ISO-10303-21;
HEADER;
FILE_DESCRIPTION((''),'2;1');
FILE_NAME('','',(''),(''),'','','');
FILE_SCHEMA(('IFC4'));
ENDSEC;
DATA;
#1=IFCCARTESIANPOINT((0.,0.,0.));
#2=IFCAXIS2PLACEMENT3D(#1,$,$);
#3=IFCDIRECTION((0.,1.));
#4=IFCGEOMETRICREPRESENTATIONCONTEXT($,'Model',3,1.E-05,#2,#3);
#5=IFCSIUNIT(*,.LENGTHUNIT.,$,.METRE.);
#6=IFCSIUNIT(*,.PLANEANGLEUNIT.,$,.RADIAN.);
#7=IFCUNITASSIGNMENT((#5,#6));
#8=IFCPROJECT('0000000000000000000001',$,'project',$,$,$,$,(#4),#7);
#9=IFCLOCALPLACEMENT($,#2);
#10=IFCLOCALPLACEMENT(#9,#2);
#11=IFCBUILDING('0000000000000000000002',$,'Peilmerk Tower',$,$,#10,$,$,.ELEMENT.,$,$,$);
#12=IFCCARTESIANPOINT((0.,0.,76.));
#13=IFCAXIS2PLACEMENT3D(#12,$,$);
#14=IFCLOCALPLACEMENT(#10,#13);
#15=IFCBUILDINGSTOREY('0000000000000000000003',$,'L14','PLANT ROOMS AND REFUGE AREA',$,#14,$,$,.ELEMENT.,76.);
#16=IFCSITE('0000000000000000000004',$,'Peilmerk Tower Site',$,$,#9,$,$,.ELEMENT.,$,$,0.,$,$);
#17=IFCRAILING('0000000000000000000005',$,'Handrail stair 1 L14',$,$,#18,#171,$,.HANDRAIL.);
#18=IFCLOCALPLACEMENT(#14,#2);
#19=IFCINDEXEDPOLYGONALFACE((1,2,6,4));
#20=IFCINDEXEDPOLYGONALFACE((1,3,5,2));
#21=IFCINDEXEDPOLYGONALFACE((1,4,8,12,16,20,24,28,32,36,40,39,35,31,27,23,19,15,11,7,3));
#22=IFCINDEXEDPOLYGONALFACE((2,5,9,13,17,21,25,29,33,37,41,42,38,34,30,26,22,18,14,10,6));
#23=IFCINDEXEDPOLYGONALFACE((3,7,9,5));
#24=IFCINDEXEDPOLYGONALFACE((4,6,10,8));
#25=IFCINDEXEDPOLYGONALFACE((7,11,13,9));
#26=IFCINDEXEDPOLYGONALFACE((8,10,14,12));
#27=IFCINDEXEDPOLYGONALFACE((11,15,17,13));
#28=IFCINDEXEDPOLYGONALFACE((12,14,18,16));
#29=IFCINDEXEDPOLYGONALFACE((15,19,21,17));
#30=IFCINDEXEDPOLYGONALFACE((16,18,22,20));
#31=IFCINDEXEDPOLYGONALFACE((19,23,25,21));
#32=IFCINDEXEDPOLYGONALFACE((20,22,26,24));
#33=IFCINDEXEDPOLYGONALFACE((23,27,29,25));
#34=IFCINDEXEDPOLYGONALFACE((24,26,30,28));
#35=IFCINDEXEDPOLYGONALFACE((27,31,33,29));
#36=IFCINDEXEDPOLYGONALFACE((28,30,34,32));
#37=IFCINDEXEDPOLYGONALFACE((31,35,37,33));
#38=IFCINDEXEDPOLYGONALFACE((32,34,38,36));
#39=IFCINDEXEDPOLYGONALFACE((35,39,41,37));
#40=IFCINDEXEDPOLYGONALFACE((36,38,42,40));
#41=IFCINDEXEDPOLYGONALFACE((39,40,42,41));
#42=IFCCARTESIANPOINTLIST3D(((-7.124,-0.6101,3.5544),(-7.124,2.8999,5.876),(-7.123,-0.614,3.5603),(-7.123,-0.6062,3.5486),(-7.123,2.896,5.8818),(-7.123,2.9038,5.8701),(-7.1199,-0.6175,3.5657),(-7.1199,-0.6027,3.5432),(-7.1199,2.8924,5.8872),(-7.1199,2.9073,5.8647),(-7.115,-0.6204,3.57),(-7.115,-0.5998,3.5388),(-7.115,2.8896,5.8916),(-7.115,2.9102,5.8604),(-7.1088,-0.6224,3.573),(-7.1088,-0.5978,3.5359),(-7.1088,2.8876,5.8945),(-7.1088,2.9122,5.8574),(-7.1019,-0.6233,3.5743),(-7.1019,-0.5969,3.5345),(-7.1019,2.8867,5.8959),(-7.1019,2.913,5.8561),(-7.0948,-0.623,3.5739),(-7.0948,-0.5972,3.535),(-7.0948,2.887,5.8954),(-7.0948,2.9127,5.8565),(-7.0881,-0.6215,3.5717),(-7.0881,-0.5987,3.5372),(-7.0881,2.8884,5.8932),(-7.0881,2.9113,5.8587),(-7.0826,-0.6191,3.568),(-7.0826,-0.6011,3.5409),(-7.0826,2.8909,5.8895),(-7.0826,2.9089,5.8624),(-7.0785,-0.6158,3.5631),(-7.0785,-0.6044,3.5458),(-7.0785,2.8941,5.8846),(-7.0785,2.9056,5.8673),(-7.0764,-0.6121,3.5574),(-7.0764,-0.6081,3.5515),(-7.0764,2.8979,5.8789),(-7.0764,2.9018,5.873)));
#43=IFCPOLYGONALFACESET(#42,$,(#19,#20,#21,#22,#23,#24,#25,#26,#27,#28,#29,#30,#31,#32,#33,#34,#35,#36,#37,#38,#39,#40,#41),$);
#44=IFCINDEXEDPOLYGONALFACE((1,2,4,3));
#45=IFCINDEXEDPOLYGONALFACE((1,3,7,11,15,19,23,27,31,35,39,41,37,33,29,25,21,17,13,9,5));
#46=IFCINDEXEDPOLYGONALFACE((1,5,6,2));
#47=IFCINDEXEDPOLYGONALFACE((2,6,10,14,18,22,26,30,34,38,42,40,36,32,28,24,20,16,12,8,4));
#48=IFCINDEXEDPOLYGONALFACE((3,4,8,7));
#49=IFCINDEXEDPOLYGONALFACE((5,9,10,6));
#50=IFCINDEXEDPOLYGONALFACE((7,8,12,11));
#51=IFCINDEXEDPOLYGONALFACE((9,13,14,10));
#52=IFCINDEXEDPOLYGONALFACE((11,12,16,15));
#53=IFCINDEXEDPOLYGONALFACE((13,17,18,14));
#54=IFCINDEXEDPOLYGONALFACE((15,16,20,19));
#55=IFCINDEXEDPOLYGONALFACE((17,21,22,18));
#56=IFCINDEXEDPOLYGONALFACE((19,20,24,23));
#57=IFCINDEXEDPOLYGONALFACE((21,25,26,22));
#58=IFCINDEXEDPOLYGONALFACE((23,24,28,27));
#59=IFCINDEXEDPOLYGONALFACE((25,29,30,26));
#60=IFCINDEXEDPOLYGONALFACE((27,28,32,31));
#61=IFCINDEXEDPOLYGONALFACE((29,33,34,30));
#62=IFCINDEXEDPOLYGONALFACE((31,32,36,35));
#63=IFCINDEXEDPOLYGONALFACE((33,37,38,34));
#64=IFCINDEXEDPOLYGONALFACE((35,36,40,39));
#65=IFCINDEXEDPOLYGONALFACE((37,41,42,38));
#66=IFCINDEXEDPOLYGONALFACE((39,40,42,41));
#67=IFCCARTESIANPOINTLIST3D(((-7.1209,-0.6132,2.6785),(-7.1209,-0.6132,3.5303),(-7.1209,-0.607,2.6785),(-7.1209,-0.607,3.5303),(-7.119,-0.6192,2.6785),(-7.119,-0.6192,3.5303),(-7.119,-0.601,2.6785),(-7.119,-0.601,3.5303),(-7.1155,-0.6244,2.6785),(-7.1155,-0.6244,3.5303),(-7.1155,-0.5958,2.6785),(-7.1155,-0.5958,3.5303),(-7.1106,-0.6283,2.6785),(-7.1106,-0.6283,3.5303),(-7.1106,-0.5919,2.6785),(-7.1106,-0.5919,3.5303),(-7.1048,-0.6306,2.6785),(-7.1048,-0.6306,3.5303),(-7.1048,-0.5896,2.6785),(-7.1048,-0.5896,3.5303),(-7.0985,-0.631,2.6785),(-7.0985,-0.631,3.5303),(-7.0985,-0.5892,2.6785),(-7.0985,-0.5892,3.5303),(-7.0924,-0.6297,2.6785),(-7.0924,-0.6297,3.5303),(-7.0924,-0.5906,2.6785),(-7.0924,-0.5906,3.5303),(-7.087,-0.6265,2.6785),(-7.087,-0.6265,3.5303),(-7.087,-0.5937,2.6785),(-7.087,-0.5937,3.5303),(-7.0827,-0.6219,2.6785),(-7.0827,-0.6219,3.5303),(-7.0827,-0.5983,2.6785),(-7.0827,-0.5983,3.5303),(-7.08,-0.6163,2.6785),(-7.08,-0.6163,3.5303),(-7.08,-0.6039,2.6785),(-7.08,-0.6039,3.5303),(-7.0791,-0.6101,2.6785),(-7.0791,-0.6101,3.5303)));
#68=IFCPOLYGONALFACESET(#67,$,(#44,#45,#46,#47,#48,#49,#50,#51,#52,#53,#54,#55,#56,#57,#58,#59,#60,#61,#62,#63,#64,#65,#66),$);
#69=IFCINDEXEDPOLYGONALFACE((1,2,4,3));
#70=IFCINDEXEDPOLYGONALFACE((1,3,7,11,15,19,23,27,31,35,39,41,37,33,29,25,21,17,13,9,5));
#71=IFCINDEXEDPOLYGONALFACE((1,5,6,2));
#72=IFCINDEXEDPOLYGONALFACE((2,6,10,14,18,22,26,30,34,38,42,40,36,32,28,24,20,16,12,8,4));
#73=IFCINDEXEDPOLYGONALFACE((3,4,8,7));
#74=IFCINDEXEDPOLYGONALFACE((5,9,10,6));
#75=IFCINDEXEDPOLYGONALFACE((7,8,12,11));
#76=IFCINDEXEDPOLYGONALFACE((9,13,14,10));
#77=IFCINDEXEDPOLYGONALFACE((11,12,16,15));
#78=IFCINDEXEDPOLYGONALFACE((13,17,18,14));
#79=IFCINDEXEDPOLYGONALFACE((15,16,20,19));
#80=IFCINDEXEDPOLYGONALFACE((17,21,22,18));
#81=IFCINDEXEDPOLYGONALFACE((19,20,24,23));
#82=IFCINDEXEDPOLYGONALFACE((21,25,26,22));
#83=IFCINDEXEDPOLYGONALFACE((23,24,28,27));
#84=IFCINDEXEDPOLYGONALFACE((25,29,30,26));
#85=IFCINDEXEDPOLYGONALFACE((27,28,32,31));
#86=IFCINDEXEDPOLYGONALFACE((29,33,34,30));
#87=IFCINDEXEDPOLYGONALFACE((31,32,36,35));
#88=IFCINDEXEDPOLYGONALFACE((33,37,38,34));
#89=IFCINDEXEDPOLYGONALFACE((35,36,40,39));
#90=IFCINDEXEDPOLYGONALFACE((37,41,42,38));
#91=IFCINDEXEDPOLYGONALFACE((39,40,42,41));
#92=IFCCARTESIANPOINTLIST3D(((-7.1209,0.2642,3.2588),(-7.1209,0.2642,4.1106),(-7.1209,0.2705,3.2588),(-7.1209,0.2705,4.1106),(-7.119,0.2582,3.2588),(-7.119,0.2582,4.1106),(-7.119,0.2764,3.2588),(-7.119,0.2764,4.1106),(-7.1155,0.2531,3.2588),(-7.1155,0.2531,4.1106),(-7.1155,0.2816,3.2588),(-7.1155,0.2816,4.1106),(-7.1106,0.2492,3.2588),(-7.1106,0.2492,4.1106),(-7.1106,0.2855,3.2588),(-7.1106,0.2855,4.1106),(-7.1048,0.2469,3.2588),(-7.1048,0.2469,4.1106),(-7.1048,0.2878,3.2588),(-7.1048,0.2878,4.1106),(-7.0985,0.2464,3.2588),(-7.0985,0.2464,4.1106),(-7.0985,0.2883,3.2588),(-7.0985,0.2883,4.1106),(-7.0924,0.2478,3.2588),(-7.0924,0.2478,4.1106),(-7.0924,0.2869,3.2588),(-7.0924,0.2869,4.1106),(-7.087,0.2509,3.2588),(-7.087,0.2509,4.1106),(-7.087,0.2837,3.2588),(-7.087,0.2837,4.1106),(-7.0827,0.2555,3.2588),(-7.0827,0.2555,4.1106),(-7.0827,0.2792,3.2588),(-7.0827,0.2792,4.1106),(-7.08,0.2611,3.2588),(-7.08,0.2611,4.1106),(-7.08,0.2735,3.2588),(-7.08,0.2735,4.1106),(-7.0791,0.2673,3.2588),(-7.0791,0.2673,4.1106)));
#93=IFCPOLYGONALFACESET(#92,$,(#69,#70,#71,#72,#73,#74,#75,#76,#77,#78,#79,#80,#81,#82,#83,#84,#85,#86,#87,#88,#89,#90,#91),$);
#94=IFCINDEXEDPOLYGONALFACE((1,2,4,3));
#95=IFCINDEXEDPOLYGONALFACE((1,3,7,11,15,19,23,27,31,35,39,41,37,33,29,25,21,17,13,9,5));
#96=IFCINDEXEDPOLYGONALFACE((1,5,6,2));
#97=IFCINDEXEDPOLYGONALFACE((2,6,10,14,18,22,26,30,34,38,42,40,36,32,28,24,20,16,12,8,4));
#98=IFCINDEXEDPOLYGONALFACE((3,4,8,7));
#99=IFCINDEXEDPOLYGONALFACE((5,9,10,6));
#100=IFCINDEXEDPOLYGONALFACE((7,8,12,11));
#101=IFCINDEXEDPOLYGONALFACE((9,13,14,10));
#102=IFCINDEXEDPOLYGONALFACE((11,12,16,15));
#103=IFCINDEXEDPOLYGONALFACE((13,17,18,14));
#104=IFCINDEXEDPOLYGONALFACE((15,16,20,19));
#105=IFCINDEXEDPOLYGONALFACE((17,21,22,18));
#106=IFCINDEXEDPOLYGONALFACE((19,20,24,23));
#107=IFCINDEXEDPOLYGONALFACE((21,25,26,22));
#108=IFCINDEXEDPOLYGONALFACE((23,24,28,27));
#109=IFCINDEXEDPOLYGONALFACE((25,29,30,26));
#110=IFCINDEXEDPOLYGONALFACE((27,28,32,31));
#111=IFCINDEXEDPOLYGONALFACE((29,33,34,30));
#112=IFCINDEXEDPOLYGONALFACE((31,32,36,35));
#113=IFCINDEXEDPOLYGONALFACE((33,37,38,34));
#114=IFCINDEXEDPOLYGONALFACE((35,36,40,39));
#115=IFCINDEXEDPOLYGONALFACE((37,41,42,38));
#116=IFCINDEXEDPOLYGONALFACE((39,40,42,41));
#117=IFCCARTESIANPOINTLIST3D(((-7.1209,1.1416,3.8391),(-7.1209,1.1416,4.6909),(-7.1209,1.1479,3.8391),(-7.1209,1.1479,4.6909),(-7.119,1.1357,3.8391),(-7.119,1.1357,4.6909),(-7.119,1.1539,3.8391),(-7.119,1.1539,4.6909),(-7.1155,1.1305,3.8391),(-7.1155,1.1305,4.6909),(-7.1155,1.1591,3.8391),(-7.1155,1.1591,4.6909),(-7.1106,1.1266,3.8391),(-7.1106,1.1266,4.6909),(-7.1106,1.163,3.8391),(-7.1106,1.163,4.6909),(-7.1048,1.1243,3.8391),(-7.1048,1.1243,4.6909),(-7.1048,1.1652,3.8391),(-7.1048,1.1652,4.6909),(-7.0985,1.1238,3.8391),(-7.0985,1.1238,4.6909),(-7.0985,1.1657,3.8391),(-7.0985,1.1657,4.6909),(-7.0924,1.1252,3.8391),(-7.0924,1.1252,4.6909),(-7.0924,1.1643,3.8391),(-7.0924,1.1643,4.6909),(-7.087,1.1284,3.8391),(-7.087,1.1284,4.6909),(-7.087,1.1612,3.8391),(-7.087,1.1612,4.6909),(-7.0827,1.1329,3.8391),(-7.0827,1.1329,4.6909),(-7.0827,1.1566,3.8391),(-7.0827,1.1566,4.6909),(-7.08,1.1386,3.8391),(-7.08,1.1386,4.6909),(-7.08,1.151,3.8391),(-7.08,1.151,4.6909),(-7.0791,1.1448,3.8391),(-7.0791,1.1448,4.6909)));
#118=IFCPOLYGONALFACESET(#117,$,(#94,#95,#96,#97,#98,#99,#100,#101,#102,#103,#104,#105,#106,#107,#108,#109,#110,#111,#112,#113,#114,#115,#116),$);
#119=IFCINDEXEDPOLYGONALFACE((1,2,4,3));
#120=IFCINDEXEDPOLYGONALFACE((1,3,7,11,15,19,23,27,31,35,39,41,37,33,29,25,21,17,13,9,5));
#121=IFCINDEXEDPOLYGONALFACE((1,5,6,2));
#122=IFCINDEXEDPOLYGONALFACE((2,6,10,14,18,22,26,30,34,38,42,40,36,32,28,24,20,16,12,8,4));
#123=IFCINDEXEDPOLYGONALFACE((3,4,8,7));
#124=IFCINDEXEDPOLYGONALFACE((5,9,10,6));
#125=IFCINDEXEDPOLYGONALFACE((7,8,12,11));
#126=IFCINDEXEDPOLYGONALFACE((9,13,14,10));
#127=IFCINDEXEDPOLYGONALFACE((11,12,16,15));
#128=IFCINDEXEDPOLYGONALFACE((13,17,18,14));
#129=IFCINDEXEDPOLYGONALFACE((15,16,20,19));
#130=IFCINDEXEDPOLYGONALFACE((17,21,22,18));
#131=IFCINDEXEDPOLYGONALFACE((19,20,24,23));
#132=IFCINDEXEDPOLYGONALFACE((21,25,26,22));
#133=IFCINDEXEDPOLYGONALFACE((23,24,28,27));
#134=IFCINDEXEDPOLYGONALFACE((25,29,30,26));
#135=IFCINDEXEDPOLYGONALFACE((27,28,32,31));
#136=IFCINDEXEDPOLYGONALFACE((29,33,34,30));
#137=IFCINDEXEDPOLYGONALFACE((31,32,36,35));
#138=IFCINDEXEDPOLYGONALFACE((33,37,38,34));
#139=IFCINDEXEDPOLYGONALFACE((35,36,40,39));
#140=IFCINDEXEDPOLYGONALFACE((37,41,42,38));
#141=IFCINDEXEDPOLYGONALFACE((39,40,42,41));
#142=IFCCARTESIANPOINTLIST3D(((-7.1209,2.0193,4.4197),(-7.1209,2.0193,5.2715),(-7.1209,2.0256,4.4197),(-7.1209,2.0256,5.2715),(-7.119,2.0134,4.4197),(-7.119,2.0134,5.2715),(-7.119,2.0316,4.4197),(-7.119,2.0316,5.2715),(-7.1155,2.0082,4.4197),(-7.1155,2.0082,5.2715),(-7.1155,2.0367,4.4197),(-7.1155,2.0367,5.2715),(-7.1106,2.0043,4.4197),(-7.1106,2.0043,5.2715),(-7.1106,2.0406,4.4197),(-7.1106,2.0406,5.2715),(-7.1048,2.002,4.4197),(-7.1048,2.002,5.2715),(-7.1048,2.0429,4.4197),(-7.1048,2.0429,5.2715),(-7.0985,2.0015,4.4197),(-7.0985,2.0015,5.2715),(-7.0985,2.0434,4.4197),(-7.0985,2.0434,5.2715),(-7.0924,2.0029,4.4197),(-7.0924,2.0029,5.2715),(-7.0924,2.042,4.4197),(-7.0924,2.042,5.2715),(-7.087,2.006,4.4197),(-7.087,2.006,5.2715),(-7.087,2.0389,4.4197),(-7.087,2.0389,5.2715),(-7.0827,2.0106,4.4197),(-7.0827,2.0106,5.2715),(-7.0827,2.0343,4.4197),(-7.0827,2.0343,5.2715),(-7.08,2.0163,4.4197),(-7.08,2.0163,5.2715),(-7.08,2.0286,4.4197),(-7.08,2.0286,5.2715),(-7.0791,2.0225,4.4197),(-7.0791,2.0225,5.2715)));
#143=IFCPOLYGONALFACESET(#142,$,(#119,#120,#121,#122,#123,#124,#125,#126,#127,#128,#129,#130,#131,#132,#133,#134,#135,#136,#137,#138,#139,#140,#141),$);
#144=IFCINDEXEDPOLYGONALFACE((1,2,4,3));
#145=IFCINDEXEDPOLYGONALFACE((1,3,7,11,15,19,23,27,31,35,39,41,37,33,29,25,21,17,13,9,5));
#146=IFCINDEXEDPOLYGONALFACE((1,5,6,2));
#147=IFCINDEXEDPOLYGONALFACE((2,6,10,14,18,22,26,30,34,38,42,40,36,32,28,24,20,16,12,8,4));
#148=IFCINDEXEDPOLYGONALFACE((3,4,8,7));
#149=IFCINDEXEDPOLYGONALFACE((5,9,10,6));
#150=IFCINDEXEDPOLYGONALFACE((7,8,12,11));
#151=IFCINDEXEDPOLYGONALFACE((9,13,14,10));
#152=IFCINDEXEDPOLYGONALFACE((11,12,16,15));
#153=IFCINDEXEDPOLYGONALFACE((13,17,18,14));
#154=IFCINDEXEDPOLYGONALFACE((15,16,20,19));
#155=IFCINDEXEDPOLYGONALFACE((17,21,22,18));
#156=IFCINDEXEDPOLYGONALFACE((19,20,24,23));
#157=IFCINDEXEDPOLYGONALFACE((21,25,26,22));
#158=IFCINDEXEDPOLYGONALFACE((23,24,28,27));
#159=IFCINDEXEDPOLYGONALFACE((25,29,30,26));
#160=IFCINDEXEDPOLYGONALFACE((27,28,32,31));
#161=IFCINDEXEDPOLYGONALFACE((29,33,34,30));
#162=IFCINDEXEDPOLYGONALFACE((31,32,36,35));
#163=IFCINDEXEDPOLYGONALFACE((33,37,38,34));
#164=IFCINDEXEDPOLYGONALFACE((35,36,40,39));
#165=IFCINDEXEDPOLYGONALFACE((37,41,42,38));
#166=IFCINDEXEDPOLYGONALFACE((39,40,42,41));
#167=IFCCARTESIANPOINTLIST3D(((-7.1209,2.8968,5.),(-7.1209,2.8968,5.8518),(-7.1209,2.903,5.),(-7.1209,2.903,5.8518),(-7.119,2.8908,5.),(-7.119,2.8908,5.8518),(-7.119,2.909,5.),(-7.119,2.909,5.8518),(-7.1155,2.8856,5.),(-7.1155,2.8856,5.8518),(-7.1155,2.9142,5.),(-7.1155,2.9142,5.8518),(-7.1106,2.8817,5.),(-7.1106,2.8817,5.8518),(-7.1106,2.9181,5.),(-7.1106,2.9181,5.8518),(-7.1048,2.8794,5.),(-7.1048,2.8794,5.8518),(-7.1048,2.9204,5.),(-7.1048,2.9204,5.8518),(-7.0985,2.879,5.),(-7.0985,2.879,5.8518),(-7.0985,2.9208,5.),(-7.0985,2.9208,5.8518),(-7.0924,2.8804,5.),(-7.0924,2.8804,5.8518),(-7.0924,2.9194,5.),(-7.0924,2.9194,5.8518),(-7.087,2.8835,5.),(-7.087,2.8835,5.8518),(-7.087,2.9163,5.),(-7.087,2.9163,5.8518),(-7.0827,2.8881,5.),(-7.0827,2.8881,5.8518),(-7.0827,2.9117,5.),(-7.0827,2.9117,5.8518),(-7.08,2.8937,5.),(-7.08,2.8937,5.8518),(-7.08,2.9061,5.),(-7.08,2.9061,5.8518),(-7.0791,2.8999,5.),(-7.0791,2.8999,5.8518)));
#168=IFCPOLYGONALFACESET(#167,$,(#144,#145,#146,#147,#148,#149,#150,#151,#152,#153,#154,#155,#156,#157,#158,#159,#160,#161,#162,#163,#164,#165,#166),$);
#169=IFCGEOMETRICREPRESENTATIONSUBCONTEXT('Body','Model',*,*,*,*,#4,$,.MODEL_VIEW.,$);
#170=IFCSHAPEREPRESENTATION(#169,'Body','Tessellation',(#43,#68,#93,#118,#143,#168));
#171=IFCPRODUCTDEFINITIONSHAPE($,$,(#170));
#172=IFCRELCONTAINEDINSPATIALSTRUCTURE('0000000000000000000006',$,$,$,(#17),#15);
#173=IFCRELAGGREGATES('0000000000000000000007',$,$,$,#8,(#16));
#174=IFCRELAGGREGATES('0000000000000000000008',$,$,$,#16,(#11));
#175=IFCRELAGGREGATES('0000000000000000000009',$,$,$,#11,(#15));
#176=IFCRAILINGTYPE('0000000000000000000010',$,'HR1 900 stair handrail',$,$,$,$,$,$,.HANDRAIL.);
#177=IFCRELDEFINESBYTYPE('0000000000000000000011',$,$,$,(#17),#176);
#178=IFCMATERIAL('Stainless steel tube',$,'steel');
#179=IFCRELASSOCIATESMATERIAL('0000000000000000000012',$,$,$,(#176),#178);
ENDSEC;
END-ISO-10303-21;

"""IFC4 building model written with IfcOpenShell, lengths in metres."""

from ifc_helpers import new_model, si_unit, direction, frame, origin, origin_2d, place, context, subcontext, project, spatial, circle, extrude, material, type_object, element, save


model = new_model("IFC4")

# Units and contexts
model_context = context("Model", 3, precision=1e-05, world=origin(), true_north=direction((0.0, 1.0)))
body_context = subcontext(model_context, "Body", "Model", "MODEL_VIEW")
ifc_project = project(units=[si_unit("LENGTHUNIT", "METRE"), si_unit("PLANEANGLEUNIT", "RADIAN")], contexts=[model_context])

# Site, building, storey
site_placement = place(None, origin())
site = spatial("IfcSite", under=ifc_project, at=site_placement, Name="Peilmerk Tower Site", CompositionType="ELEMENT", RefElevation=0.0)
building_placement = place(site_placement, origin())
building = spatial("IfcBuilding", under=site, at=building_placement, Name="Peilmerk Tower", CompositionType="ELEMENT")
storey_placement = place(building_placement, frame((0.0, 0.0, 76.0)))
storey = spatial("IfcBuildingStorey", under=building, at=storey_placement, Name="L14", Description="PLANT ROOMS AND REFUGE AREA", CompositionType="ELEMENT", Elevation=76.0)

# Railing
ifc_material_1 = material(Name="Stainless steel tube", Category="steel")
railing_type_1 = type_object("IfcRailingType", Name="HR1 900 stair handrail", PredefinedType="HANDRAIL", material=ifc_material_1)
railing_1_placement = place(storey_placement, frame((-7.1001, -0.6101, 2.6785)))
element("IfcRailing", 1, at=railing_1_placement, inside=storey, type_object=railing_type_1, Name="Handrail stair 1 L14", PredefinedType="HANDRAIL", context=body_context, shape_type="SweptSolid", body=[
    extrude(circle(Radius=0.0239, at=origin_2d()), frame((0.0, 0.0, 0.876), z_axis=(0.0, 0.834071, 0.551657), x_axis=(-1.0, 0.0, 0.0)), (0.0, 0.0, 1.0), 4.2083),
    extrude(circle(Radius=0.021, at=origin_2d()), origin(), (0.0, 0.0, 1.0), 0.8518),
    extrude(circle(Radius=0.021, at=origin_2d()), frame((0.0, 0.8774, 0.5803)), (0.0, 0.0, 1.0), 0.8518),
    extrude(circle(Radius=0.021, at=origin_2d()), frame((0.0, 1.7549, 1.1606)), (0.0, 0.0, 1.0), 0.8518),
    extrude(circle(Radius=0.021, at=origin_2d()), frame((0.0, 2.6326, 1.7412)), (0.0, 0.0, 1.0), 0.8518),
    extrude(circle(Radius=0.021, at=origin_2d()), frame((0.0, 3.51, 2.3215)), (0.0, 0.0, 1.0), 0.8518),
])

save(model, "model.ifc")
